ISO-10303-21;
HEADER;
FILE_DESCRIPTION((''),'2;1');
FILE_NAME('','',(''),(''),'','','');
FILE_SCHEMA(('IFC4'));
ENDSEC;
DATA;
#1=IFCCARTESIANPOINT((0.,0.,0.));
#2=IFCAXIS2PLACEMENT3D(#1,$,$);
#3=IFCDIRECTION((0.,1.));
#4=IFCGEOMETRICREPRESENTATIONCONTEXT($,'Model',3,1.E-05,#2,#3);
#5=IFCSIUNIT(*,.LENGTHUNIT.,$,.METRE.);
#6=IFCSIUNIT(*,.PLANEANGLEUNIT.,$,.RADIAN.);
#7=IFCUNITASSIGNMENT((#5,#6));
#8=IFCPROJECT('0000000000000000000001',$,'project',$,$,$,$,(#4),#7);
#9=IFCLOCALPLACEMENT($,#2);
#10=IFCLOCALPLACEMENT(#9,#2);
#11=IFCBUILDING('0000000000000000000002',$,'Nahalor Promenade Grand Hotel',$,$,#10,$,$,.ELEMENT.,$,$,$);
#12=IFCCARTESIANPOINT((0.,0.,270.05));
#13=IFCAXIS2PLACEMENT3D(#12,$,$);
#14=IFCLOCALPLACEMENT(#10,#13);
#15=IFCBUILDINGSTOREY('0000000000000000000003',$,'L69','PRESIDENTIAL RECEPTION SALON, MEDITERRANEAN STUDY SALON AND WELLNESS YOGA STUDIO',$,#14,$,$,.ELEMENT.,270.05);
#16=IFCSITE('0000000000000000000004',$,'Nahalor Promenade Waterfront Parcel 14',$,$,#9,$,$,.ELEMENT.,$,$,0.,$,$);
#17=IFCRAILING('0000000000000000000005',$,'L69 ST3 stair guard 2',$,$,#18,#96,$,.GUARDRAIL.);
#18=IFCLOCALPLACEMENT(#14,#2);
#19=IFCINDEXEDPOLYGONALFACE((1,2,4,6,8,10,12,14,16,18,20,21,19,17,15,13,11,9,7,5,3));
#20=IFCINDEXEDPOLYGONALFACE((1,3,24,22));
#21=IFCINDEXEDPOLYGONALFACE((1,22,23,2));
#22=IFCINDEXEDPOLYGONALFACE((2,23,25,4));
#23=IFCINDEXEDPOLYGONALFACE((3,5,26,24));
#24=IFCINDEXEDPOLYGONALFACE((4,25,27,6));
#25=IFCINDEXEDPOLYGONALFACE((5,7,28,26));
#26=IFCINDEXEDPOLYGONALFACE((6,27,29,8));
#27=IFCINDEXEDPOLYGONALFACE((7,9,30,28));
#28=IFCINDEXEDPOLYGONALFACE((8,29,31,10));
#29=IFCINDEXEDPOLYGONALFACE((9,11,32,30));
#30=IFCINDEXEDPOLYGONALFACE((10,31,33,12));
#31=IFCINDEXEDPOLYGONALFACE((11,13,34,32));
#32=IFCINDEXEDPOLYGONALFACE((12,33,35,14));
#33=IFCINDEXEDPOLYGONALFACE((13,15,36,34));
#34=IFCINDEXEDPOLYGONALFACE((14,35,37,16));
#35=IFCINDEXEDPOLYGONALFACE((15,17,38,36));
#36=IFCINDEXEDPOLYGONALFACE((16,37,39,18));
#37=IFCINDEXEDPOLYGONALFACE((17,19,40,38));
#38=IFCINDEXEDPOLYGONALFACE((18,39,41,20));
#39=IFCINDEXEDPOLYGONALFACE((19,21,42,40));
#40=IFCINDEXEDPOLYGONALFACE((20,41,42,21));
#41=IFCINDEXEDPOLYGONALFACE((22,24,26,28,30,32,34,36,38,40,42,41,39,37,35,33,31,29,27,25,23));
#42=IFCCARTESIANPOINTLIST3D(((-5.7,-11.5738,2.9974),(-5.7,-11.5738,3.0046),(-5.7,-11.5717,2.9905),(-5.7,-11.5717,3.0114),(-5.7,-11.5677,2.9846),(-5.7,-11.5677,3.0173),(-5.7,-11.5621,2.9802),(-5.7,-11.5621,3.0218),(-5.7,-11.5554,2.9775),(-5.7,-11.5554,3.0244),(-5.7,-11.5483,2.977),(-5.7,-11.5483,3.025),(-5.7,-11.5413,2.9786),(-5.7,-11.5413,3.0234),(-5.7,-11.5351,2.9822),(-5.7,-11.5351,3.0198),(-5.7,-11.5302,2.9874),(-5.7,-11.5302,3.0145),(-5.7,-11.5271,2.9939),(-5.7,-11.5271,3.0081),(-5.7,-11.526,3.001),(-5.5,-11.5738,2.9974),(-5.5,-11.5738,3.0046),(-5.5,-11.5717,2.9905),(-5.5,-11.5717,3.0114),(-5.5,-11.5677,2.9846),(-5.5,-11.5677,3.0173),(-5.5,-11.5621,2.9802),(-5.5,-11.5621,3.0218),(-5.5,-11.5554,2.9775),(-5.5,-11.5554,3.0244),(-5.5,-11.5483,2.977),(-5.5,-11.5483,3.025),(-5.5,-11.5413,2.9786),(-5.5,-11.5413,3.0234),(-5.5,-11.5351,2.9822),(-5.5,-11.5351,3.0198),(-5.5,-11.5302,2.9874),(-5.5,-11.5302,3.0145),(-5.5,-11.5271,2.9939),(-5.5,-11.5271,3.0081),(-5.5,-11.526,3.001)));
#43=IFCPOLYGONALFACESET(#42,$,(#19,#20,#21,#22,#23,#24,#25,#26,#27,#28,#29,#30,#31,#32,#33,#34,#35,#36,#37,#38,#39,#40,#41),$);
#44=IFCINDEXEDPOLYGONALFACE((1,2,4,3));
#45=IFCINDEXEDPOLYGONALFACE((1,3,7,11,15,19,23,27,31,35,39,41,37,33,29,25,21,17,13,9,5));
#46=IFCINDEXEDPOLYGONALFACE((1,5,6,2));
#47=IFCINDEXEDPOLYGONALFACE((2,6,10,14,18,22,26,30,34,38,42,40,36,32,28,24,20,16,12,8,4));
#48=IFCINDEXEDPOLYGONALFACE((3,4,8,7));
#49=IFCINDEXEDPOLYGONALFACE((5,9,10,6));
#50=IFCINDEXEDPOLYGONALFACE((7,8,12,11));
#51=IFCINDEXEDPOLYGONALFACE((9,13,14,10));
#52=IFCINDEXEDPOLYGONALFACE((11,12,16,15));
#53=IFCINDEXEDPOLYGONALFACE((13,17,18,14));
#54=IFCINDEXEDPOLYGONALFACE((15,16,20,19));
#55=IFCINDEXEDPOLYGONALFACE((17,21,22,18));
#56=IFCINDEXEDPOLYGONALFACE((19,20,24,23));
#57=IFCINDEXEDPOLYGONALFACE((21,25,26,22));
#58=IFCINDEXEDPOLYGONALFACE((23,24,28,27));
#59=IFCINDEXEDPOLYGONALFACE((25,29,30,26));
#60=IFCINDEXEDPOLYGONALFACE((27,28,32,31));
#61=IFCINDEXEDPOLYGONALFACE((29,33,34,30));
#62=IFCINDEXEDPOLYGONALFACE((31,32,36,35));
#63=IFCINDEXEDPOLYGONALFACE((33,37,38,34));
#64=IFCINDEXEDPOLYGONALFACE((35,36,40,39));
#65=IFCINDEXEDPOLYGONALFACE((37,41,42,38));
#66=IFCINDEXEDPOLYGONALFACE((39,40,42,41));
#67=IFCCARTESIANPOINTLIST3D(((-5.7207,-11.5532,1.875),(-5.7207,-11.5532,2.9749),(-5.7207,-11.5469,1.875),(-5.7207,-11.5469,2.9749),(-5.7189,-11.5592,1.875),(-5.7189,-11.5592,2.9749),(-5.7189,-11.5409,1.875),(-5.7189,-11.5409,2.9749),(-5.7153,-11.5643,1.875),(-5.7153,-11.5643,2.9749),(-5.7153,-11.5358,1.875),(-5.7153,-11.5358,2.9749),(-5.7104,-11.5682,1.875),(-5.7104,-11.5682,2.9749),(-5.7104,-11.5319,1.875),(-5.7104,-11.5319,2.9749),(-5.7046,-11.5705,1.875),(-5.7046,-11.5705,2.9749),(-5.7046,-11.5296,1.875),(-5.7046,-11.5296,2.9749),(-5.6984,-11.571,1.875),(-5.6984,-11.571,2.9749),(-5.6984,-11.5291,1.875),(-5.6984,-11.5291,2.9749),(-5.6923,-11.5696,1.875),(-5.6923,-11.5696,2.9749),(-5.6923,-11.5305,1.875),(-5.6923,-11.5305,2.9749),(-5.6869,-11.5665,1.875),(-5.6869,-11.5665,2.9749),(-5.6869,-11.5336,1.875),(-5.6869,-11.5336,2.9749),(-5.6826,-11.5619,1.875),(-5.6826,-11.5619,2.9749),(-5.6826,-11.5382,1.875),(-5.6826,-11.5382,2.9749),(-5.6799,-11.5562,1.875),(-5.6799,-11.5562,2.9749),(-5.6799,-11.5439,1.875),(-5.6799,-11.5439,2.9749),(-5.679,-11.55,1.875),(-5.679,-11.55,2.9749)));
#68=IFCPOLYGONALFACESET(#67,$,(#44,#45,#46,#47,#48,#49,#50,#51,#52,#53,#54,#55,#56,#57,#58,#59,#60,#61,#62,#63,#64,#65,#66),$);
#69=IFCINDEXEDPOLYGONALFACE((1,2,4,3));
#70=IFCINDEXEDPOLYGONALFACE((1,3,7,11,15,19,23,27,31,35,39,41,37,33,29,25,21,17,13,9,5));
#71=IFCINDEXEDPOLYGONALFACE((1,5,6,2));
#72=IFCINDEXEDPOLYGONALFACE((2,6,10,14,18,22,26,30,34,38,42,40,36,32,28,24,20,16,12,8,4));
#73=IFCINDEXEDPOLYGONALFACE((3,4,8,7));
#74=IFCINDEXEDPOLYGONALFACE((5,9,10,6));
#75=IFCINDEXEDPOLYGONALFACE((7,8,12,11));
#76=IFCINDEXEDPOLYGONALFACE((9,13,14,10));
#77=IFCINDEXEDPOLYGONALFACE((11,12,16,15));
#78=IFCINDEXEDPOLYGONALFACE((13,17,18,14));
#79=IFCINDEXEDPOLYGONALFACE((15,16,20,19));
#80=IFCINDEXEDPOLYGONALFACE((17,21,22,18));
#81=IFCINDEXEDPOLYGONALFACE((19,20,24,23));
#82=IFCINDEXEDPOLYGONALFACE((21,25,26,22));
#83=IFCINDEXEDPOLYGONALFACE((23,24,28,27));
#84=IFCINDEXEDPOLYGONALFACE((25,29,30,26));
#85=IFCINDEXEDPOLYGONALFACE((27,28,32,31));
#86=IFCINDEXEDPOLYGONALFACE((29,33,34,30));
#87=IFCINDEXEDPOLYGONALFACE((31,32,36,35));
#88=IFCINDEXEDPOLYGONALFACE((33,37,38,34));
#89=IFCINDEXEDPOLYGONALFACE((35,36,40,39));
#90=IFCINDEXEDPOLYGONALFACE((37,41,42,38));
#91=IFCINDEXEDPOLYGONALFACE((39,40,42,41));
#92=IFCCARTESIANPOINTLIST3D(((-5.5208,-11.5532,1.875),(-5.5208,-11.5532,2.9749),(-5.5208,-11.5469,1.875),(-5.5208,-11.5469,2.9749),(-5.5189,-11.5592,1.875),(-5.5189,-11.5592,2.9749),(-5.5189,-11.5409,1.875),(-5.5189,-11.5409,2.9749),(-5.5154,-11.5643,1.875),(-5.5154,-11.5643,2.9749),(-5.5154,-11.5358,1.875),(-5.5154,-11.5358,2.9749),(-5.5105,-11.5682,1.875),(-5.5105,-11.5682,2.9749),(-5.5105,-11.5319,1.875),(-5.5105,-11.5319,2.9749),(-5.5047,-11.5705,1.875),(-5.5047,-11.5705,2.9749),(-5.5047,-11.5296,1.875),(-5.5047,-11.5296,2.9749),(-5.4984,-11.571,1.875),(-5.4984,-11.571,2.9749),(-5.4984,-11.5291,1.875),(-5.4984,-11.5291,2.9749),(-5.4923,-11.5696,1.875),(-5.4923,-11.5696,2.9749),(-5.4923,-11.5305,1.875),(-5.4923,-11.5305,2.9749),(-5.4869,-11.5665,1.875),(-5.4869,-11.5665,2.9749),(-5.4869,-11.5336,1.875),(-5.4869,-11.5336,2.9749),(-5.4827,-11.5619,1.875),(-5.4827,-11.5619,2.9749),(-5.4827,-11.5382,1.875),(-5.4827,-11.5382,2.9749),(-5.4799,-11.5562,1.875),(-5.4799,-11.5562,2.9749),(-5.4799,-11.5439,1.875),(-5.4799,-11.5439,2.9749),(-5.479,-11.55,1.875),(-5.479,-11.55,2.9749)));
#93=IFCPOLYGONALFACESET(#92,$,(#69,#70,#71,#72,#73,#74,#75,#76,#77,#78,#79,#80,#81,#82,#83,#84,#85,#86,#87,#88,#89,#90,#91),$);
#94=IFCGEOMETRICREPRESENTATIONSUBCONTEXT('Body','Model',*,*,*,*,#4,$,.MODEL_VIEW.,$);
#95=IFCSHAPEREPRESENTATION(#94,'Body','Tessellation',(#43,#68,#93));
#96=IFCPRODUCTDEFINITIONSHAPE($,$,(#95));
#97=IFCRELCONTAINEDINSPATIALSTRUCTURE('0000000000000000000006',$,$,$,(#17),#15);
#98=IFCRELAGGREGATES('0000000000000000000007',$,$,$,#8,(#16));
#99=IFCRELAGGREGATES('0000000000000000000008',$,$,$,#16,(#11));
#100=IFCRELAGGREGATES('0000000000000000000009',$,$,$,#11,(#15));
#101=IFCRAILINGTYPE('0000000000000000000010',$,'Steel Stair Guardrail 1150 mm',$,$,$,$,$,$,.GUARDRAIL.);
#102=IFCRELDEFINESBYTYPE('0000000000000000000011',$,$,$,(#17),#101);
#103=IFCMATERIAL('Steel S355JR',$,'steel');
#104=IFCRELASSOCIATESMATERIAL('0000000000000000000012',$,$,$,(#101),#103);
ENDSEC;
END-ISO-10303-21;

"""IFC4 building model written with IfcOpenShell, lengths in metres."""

from ifc_helpers import new_model, si_unit, direction, frame, origin, origin_2d, place, context, subcontext, project, spatial, circle, extrude, material, type_object, element, save


model = new_model("IFC4")

# Units and contexts
model_context = context("Model", 3, precision=1e-05, world=origin(), true_north=direction((0.0, 1.0)))
body_context = subcontext(model_context, "Body", "Model", "MODEL_VIEW")
ifc_project = project(units=[si_unit("LENGTHUNIT", "METRE"), si_unit("PLANEANGLEUNIT", "RADIAN")], contexts=[model_context])

# Site, building, storey
site_placement = place(None, origin())
site = spatial("IfcSite", under=ifc_project, at=site_placement, Name="Nahalor Promenade Waterfront Parcel 14", CompositionType="ELEMENT", RefElevation=0.0)
building_placement = place(site_placement, origin())
building = spatial("IfcBuilding", under=site, at=building_placement, Name="Nahalor Promenade Grand Hotel", CompositionType="ELEMENT")
storey_placement = place(building_placement, frame((0.0, 0.0, 270.05)))
storey = spatial("IfcBuildingStorey", under=building, at=storey_placement, Name="L69", Description="PRESIDENTIAL RECEPTION SALON, MEDITERRANEAN STUDY SALON AND WELLNESS YOGA STUDIO", CompositionType="ELEMENT", Elevation=270.05)

# Shared definitions
ifc_material_1 = material(Name="Steel S355JR", Category="steel")

# Railing
railing_type_1 = type_object("IfcRailingType", Name="Steel Stair Guardrail 1150 mm", PredefinedType="GUARDRAIL", material=ifc_material_1)
railing_1_placement = place(storey_placement, frame((-5.7, -11.55, 1.875)))
element("IfcRailing", 1, at=railing_1_placement, inside=storey, type_object=railing_type_1, Name="L69 ST3 stair guard 2", PredefinedType="GUARDRAIL", context=body_context, shape_type="SweptSolid", body=[
    extrude(circle(Radius=0.024, at=origin_2d()), frame((0.0, 0.0, 1.126), z_axis=(1.0, 0.0, 0.0), x_axis=(0.0, 1.0, 0.0)), (0.0, 0.0, 1.0), 0.2),
    extrude(circle(Radius=0.021, at=origin_2d()), origin(), (0.0, 0.0, 1.0), 1.0999),
    extrude(circle(Radius=0.021, at=origin_2d()), frame((0.2, 0.0, 0.0)), (0.0, 0.0, 1.0), 1.0999),
])

save(model, "model.ifc")
